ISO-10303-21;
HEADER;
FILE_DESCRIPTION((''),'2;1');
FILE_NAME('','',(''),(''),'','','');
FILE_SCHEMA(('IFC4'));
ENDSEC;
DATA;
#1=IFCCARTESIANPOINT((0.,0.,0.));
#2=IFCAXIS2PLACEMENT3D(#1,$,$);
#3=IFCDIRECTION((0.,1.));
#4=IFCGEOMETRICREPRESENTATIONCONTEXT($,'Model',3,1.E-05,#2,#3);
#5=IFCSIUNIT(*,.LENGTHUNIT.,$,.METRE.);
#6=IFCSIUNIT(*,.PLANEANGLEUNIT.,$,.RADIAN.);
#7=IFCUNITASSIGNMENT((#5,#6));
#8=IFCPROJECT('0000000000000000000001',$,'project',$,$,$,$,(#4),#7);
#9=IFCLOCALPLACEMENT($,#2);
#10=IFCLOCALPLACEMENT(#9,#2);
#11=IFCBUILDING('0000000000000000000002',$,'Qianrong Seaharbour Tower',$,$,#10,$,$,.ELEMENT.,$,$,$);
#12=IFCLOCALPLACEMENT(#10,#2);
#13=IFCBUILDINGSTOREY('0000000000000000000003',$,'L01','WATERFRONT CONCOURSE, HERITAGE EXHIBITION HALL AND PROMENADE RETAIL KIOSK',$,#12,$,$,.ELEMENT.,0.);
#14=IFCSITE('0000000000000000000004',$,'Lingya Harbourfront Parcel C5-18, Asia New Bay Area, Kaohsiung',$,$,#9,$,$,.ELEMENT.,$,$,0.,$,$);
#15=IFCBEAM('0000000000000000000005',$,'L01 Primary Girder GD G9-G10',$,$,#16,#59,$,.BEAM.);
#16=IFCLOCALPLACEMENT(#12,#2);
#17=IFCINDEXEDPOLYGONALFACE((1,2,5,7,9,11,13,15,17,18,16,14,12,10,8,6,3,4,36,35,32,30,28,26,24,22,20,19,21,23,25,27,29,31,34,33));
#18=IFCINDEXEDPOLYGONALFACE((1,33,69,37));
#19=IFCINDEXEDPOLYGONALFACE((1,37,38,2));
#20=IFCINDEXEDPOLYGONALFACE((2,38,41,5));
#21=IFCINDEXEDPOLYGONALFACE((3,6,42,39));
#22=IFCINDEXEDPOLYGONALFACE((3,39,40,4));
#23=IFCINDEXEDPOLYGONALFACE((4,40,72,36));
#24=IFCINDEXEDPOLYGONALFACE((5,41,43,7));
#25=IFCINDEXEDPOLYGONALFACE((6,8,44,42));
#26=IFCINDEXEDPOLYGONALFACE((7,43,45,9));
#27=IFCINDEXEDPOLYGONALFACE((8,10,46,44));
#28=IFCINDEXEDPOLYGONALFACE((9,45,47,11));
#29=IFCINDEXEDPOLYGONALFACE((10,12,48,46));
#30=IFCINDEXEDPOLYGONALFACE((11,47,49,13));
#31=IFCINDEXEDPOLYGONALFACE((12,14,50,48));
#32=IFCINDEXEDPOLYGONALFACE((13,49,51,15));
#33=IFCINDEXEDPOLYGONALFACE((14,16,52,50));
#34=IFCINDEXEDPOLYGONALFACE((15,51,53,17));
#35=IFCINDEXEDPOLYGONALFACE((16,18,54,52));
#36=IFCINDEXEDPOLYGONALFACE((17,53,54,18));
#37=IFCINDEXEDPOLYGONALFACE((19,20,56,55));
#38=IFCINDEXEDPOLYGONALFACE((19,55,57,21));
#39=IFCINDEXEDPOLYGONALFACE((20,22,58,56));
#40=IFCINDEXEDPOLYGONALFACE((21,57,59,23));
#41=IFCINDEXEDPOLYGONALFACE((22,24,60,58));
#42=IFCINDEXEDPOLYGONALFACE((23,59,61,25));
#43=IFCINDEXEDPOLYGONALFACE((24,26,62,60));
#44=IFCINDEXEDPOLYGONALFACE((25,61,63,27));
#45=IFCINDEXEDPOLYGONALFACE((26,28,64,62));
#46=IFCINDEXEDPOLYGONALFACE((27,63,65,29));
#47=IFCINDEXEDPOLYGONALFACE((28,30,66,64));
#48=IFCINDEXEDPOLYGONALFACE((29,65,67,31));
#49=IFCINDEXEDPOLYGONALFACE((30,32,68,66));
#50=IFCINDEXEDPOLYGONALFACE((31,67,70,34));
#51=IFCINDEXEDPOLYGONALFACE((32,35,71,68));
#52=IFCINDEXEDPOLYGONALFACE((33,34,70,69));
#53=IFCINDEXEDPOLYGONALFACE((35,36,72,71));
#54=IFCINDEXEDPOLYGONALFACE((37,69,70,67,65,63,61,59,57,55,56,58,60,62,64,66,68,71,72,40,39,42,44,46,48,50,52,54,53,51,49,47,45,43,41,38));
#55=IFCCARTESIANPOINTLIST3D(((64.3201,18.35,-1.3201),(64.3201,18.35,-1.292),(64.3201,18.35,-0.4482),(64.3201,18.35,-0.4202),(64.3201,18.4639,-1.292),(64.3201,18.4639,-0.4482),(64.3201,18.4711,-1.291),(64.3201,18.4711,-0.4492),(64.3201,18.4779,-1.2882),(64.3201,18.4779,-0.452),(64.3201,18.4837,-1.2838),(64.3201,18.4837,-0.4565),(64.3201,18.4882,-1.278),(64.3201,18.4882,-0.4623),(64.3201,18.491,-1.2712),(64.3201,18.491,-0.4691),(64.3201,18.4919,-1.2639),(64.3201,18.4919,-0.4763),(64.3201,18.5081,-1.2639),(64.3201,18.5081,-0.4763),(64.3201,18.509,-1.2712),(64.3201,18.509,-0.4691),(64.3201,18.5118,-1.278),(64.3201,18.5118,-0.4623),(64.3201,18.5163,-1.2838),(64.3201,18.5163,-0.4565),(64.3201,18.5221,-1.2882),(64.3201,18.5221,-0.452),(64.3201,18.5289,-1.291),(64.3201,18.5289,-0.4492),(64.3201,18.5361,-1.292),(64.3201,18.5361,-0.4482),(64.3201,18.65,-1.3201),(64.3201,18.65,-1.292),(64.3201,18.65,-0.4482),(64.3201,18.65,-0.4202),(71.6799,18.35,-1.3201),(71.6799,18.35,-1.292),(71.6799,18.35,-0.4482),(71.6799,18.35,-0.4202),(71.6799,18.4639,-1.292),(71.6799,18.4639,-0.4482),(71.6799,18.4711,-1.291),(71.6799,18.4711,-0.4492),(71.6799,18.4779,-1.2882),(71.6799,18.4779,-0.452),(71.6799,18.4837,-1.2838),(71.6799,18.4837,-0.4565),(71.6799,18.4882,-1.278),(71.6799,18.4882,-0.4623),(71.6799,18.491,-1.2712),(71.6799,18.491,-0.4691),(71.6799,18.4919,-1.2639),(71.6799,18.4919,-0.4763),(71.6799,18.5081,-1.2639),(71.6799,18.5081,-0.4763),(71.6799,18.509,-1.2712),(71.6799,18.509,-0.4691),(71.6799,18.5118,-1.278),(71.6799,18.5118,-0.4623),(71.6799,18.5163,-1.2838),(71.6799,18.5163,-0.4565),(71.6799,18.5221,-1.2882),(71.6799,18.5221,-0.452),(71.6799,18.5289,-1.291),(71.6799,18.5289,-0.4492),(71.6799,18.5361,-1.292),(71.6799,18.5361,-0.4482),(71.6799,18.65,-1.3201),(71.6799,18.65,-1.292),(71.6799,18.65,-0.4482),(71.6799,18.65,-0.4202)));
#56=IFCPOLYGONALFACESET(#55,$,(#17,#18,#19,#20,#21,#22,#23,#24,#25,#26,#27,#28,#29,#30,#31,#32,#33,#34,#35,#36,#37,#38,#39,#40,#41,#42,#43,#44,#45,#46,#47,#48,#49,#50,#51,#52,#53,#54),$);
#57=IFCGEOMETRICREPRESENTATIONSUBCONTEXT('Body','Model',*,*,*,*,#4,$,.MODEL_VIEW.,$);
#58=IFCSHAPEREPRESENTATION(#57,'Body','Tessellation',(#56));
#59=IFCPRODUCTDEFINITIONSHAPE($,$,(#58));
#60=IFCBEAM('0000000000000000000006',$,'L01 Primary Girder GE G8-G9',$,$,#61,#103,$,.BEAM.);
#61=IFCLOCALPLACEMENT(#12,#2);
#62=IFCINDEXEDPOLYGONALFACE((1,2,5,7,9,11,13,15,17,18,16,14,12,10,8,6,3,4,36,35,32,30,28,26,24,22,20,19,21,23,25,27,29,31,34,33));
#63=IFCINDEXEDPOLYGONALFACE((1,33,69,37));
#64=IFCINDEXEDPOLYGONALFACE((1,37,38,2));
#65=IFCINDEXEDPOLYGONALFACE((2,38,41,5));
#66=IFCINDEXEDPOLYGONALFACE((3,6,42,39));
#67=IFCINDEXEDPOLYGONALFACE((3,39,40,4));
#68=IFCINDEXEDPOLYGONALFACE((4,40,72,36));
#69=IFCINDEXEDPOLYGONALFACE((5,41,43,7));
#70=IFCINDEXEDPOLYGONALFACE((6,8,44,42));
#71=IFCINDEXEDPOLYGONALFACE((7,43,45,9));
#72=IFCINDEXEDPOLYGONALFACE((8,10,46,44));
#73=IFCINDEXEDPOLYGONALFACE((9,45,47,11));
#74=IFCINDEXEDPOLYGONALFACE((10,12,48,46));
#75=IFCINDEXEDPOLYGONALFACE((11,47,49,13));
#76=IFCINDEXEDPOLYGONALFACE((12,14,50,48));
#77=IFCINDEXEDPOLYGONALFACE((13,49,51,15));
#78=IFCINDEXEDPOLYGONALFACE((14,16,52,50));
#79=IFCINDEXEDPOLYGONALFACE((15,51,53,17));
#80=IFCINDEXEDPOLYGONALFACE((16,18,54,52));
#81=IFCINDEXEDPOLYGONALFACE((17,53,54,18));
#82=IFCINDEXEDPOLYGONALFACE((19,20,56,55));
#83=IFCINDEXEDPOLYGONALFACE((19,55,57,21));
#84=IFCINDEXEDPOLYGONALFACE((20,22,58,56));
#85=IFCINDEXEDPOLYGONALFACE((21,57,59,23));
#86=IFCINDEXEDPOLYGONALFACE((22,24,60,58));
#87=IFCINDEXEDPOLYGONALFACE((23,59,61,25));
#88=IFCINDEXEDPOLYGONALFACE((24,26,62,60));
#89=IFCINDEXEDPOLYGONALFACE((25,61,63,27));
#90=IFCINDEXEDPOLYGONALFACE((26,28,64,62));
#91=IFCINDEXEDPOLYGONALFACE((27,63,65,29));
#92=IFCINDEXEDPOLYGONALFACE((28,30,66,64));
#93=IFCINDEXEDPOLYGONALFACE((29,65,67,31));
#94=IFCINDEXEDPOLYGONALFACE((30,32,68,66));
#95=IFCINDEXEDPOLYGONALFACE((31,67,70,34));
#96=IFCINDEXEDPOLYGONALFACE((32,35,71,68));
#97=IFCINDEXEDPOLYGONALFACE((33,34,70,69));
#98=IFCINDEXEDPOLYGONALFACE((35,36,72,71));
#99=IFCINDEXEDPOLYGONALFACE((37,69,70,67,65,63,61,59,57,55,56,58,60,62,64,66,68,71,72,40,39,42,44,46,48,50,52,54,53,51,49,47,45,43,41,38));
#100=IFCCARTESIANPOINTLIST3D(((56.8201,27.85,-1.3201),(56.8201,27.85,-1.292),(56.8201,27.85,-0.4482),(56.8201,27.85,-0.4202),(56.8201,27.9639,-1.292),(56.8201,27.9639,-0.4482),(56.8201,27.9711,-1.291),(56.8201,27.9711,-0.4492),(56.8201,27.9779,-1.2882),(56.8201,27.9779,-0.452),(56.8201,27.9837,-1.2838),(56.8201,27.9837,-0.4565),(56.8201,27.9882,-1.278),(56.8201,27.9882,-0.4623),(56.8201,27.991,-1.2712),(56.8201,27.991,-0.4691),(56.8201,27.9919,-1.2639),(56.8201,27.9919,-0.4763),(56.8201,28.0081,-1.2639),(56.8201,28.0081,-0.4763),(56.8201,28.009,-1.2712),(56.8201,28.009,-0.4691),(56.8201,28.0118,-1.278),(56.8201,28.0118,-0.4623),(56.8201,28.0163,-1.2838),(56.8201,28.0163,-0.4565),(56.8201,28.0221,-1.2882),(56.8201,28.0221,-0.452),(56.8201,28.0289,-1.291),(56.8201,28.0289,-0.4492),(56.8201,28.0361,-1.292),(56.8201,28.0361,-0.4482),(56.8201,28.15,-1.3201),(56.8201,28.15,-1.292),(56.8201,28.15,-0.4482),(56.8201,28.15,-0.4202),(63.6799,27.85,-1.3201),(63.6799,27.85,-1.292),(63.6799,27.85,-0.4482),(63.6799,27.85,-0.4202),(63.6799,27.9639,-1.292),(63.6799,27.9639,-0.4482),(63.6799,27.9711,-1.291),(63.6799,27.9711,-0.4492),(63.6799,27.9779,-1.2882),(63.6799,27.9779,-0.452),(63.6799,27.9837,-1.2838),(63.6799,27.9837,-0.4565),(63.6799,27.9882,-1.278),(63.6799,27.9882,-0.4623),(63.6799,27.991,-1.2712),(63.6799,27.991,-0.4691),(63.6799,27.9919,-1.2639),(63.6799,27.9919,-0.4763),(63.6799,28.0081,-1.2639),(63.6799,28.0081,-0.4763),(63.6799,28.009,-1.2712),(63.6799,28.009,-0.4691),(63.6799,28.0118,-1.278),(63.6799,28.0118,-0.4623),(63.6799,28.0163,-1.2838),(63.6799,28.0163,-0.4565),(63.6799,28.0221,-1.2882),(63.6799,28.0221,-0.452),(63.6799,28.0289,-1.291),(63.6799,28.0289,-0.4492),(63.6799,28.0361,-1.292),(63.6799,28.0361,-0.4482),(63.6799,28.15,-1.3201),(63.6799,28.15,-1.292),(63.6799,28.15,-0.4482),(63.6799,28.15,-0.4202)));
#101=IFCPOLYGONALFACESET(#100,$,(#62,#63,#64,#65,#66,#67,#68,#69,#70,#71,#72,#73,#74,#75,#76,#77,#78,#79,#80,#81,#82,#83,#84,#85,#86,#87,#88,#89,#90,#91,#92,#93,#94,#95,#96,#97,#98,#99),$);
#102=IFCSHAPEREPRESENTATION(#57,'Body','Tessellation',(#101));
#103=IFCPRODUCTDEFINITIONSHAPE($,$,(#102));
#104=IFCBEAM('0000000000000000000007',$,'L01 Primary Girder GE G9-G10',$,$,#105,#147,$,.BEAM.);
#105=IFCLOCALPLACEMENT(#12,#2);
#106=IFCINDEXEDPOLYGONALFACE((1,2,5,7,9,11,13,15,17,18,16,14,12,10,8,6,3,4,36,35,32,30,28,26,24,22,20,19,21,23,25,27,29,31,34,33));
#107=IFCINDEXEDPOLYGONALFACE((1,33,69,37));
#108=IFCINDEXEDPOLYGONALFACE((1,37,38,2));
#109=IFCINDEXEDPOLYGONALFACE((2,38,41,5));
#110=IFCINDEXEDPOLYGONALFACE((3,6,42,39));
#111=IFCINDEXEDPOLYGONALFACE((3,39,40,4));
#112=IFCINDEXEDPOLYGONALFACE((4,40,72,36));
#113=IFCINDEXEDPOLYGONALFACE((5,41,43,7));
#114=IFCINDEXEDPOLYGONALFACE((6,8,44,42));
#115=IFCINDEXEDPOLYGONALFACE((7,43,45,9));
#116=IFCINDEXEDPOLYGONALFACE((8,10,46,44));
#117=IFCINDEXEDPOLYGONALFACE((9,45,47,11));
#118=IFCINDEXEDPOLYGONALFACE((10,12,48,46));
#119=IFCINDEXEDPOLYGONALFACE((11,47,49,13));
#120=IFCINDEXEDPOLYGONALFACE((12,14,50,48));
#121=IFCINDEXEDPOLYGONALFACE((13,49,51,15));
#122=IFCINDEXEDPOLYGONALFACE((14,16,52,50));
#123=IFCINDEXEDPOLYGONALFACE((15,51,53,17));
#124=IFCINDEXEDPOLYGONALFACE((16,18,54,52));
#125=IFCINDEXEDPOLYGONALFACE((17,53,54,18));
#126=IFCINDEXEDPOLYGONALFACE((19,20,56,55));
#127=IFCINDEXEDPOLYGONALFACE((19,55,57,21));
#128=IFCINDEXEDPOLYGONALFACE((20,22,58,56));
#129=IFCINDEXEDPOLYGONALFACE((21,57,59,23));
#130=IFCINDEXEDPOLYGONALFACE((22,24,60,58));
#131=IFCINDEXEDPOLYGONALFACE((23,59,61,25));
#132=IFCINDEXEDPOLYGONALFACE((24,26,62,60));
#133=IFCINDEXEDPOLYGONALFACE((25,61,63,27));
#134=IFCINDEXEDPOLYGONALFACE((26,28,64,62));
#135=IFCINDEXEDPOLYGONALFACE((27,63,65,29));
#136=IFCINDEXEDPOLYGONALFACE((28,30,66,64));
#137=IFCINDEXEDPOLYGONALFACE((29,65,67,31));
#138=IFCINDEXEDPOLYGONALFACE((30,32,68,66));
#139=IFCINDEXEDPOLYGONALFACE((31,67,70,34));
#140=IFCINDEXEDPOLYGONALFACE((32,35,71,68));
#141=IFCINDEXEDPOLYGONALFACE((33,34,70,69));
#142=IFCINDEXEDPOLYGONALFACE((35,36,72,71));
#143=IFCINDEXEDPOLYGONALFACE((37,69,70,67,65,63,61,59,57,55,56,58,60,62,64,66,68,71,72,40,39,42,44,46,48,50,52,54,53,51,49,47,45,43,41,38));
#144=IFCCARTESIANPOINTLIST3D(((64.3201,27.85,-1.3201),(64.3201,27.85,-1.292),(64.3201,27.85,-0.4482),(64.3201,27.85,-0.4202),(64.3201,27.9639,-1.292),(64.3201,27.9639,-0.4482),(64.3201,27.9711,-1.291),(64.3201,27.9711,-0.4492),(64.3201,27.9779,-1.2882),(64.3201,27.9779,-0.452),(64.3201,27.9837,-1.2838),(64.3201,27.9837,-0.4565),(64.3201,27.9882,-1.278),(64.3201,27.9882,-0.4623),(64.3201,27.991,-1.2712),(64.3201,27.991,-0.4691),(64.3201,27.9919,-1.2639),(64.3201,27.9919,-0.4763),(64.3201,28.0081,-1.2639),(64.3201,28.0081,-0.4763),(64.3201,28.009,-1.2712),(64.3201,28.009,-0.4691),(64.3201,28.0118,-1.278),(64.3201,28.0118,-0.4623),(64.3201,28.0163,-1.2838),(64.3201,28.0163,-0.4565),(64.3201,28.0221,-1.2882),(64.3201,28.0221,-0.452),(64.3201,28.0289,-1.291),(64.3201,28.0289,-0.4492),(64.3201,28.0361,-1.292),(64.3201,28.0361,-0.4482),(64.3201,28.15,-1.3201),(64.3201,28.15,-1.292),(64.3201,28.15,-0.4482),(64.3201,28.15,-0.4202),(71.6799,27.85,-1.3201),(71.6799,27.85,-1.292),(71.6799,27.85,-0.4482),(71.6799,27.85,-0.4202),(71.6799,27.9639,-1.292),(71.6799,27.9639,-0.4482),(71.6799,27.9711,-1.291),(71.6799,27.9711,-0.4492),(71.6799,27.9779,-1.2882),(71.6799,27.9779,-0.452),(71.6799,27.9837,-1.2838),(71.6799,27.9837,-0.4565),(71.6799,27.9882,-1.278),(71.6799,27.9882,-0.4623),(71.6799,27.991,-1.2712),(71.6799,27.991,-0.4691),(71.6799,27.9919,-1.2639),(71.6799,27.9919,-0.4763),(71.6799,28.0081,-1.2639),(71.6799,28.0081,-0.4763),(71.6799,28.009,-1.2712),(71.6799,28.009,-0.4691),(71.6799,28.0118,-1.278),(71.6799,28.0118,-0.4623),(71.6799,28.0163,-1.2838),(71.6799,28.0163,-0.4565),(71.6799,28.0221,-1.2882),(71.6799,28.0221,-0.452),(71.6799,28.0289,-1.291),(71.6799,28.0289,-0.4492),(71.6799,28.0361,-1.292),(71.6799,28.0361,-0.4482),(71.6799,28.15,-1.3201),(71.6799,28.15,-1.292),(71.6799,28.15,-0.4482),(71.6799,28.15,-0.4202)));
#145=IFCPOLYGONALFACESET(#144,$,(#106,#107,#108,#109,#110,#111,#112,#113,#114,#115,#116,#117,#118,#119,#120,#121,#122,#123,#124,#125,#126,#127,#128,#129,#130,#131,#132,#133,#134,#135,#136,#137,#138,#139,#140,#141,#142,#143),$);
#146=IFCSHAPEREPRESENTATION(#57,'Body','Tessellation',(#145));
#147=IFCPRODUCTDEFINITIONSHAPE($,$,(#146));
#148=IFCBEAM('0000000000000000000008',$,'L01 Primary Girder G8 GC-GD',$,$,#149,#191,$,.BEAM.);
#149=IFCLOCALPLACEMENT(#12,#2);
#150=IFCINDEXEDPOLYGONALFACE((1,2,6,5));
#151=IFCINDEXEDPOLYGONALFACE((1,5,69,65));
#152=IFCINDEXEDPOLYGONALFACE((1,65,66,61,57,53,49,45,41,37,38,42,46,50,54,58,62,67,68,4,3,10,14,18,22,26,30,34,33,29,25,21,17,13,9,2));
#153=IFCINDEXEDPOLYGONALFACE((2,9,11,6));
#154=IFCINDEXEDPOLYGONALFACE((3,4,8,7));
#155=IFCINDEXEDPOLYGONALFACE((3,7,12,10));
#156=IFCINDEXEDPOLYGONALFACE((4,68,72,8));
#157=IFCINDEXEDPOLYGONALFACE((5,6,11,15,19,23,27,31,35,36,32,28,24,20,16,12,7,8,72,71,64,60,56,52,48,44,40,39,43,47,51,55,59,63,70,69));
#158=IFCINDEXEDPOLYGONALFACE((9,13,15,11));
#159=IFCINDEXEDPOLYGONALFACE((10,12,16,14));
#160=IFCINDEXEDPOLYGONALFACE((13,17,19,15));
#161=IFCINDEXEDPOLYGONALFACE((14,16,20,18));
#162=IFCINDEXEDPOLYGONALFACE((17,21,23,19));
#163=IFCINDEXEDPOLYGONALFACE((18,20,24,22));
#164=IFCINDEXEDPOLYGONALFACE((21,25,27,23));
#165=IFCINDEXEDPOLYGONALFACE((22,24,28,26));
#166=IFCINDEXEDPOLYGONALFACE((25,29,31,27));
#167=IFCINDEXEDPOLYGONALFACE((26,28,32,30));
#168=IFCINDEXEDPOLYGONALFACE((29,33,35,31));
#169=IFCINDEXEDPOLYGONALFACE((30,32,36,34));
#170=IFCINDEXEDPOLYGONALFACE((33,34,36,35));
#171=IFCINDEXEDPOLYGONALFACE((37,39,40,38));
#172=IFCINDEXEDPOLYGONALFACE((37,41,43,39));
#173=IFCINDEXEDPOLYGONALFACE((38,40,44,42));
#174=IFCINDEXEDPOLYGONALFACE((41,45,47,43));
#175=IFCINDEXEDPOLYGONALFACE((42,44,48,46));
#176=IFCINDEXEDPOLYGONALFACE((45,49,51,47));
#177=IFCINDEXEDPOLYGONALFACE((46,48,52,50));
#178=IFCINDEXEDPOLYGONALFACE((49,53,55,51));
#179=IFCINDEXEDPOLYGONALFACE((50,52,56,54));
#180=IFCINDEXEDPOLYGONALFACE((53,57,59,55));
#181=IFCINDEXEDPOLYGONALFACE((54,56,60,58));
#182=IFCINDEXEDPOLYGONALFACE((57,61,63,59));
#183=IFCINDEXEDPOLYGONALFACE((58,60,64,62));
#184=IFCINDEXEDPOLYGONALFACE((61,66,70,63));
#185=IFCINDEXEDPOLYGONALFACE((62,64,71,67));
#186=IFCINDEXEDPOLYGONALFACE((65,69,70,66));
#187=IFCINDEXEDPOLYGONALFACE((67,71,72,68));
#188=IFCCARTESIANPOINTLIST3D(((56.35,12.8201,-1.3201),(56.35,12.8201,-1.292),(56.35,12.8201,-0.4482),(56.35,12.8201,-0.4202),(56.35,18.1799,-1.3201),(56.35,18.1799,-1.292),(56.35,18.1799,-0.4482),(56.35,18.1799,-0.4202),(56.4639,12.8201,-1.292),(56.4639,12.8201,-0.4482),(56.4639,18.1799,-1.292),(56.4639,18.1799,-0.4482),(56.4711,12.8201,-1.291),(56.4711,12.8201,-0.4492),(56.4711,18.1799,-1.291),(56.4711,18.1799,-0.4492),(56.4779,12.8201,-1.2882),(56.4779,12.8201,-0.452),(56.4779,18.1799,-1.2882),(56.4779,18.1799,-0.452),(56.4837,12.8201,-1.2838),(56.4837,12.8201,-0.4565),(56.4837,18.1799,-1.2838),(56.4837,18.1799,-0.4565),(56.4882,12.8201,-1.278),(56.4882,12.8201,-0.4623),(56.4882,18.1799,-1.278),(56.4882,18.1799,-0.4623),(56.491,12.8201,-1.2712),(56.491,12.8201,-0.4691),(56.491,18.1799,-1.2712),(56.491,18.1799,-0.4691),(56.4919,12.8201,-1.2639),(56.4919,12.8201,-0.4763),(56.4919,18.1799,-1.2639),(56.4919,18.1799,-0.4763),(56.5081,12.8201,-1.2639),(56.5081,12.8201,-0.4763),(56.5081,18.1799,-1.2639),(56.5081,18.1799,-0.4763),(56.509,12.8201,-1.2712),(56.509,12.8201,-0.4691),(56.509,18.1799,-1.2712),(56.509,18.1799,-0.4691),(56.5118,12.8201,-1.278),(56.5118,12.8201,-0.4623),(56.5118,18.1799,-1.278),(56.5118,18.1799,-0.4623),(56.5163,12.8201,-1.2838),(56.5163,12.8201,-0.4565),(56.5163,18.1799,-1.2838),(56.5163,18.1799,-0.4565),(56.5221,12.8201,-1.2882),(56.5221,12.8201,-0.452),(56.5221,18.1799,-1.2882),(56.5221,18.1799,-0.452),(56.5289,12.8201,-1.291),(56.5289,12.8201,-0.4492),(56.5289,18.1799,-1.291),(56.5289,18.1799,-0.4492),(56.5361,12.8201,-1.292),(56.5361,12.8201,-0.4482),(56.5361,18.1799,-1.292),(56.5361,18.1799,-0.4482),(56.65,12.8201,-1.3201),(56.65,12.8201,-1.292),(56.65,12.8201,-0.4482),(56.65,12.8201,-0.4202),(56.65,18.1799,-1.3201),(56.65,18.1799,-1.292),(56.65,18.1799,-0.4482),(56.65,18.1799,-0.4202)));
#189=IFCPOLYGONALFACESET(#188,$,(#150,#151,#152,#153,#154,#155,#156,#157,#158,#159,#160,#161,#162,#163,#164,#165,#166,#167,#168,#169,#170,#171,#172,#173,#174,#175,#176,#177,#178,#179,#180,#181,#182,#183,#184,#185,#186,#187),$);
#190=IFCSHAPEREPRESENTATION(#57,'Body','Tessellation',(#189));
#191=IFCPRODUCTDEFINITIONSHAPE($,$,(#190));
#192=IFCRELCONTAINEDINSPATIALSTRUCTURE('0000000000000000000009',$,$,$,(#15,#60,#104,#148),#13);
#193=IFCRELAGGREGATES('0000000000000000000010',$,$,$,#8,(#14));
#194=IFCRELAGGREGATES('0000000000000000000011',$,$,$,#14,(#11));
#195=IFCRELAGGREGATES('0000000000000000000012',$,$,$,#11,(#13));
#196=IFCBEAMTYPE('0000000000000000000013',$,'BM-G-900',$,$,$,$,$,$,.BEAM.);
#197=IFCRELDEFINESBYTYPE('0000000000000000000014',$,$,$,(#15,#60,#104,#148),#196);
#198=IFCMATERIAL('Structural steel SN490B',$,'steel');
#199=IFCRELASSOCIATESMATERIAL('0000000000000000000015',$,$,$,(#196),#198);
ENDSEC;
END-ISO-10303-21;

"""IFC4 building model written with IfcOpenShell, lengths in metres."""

from ifc_helpers import new_model, si_unit, direction, frame, origin, origin_2d, place, context, subcontext, project, spatial, i_section, extrude, material, material_profile, profile_set, type_object, element, save


model = new_model("IFC4")

# Units and contexts
model_context = context("Model", 3, precision=1e-05, world=origin(), true_north=direction((0.0, 1.0)))
body_context = subcontext(model_context, "Body", "Model", "MODEL_VIEW")
ifc_project = project(units=[si_unit("LENGTHUNIT", "METRE"), si_unit("PLANEANGLEUNIT", "RADIAN")], contexts=[model_context])

# Site, building, storey
site_placement = place(None, origin())
site = spatial("IfcSite", under=ifc_project, at=site_placement, Name="Lingya Harbourfront Parcel C5-18, Asia New Bay Area, Kaohsiung", CompositionType="ELEMENT", RefElevation=0.0)
building_placement = place(site_placement, origin())
building = spatial("IfcBuilding", under=site, at=building_placement, Name="Qianrong Seaharbour Tower", CompositionType="ELEMENT")
storey_placement = place(building_placement, origin())
storey = spatial("IfcBuildingStorey", under=building, at=storey_placement, Name="L01", Description="WATERFRONT CONCOURSE, HERITAGE EXHIBITION HALL AND PROMENADE RETAIL KIOSK", CompositionType="ELEMENT", Elevation=0.0)

# Shared definitions
ifc_material_1 = material(Name="Structural steel SN490B", Category="steel")

# Beams
ifc_material_profile_1 = material_profile(ifc_material_1, i_section(OverallWidth=0.3, OverallDepth=0.8999, WebThickness=0.0161, FlangeThickness=0.0281, FilletRadius=0.0281, at=origin_2d()), Name="H900x300x16x28")
ifc_profile_set_1 = profile_set([ifc_material_profile_1], Name="Structural steel SN490B")
beam_type_1 = type_object("IfcBeamType", Name="BM-G-900", PredefinedType="BEAM", material=ifc_profile_set_1)
beam_1_placement = place(storey_placement, frame((64.3201, 18.5, -0.8701), z_axis=(1.0, 0.0, 0.0), x_axis=(0.0, 1.0, 0.0)))
element("IfcBeam", 1, at=beam_1_placement, inside=storey, type_object=beam_type_1, Name="L01 Primary Girder GD G9-G10", PredefinedType="BEAM", context=body_context, shape_type="SweptSolid", body=[
    extrude(i_section(OverallWidth=0.3, OverallDepth=0.8999, WebThickness=0.0161, FlangeThickness=0.0281, FilletRadius=0.0281, at=origin_2d()), origin(), (0.0, 0.0, 1.0), 7.3599),
])
beam_2_placement = place(storey_placement, frame((56.8201, 28.0, -0.8701), z_axis=(1.0, 0.0, 0.0), x_axis=(0.0, 1.0, 0.0)))
element("IfcBeam", 2, at=beam_2_placement, inside=storey, type_object=beam_type_1, Name="L01 Primary Girder GE G8-G9", PredefinedType="BEAM", context=body_context, shape_type="SweptSolid", body=[
    extrude(i_section(OverallWidth=0.3, OverallDepth=0.8999, WebThickness=0.0161, FlangeThickness=0.0281, FilletRadius=0.0281, at=origin_2d()), origin(), (0.0, 0.0, 1.0), 6.8599),
])
beam_3_placement = place(storey_placement, frame((64.3201, 28.0, -0.8701), z_axis=(1.0, 0.0, 0.0), x_axis=(0.0, 1.0, 0.0)))
element("IfcBeam", 3, at=beam_3_placement, inside=storey, type_object=beam_type_1, Name="L01 Primary Girder GE G9-G10", PredefinedType="BEAM", context=body_context, shape_type="SweptSolid", body=[
    extrude(i_section(OverallWidth=0.3, OverallDepth=0.8999, WebThickness=0.0161, FlangeThickness=0.0281, FilletRadius=0.0281, at=origin_2d()), origin(), (0.0, 0.0, 1.0), 7.3599),
])
for number, where, z_axis, x_axis, name in (
    (4, (56.5, 12.8201, -0.8701), (0.0, 1.0, 0.0), (-1.0, 0.0, 0.0), "L01 Primary Girder G8 GC-GD"),
):
    element("IfcBeam", number, at=place(storey_placement, frame(where, z_axis=z_axis, x_axis=x_axis)), inside=storey, type_object=beam_type_1, Name=name, PredefinedType="BEAM", context=body_context, shape_type="SweptSolid", body=[
        extrude(i_section(OverallWidth=0.3, OverallDepth=0.8999, WebThickness=0.0161, FlangeThickness=0.0281, FilletRadius=0.0281, at=origin_2d()), origin(), (0.0, 0.0, 1.0), 5.3599),
    ])

save(model, "model.ifc")
